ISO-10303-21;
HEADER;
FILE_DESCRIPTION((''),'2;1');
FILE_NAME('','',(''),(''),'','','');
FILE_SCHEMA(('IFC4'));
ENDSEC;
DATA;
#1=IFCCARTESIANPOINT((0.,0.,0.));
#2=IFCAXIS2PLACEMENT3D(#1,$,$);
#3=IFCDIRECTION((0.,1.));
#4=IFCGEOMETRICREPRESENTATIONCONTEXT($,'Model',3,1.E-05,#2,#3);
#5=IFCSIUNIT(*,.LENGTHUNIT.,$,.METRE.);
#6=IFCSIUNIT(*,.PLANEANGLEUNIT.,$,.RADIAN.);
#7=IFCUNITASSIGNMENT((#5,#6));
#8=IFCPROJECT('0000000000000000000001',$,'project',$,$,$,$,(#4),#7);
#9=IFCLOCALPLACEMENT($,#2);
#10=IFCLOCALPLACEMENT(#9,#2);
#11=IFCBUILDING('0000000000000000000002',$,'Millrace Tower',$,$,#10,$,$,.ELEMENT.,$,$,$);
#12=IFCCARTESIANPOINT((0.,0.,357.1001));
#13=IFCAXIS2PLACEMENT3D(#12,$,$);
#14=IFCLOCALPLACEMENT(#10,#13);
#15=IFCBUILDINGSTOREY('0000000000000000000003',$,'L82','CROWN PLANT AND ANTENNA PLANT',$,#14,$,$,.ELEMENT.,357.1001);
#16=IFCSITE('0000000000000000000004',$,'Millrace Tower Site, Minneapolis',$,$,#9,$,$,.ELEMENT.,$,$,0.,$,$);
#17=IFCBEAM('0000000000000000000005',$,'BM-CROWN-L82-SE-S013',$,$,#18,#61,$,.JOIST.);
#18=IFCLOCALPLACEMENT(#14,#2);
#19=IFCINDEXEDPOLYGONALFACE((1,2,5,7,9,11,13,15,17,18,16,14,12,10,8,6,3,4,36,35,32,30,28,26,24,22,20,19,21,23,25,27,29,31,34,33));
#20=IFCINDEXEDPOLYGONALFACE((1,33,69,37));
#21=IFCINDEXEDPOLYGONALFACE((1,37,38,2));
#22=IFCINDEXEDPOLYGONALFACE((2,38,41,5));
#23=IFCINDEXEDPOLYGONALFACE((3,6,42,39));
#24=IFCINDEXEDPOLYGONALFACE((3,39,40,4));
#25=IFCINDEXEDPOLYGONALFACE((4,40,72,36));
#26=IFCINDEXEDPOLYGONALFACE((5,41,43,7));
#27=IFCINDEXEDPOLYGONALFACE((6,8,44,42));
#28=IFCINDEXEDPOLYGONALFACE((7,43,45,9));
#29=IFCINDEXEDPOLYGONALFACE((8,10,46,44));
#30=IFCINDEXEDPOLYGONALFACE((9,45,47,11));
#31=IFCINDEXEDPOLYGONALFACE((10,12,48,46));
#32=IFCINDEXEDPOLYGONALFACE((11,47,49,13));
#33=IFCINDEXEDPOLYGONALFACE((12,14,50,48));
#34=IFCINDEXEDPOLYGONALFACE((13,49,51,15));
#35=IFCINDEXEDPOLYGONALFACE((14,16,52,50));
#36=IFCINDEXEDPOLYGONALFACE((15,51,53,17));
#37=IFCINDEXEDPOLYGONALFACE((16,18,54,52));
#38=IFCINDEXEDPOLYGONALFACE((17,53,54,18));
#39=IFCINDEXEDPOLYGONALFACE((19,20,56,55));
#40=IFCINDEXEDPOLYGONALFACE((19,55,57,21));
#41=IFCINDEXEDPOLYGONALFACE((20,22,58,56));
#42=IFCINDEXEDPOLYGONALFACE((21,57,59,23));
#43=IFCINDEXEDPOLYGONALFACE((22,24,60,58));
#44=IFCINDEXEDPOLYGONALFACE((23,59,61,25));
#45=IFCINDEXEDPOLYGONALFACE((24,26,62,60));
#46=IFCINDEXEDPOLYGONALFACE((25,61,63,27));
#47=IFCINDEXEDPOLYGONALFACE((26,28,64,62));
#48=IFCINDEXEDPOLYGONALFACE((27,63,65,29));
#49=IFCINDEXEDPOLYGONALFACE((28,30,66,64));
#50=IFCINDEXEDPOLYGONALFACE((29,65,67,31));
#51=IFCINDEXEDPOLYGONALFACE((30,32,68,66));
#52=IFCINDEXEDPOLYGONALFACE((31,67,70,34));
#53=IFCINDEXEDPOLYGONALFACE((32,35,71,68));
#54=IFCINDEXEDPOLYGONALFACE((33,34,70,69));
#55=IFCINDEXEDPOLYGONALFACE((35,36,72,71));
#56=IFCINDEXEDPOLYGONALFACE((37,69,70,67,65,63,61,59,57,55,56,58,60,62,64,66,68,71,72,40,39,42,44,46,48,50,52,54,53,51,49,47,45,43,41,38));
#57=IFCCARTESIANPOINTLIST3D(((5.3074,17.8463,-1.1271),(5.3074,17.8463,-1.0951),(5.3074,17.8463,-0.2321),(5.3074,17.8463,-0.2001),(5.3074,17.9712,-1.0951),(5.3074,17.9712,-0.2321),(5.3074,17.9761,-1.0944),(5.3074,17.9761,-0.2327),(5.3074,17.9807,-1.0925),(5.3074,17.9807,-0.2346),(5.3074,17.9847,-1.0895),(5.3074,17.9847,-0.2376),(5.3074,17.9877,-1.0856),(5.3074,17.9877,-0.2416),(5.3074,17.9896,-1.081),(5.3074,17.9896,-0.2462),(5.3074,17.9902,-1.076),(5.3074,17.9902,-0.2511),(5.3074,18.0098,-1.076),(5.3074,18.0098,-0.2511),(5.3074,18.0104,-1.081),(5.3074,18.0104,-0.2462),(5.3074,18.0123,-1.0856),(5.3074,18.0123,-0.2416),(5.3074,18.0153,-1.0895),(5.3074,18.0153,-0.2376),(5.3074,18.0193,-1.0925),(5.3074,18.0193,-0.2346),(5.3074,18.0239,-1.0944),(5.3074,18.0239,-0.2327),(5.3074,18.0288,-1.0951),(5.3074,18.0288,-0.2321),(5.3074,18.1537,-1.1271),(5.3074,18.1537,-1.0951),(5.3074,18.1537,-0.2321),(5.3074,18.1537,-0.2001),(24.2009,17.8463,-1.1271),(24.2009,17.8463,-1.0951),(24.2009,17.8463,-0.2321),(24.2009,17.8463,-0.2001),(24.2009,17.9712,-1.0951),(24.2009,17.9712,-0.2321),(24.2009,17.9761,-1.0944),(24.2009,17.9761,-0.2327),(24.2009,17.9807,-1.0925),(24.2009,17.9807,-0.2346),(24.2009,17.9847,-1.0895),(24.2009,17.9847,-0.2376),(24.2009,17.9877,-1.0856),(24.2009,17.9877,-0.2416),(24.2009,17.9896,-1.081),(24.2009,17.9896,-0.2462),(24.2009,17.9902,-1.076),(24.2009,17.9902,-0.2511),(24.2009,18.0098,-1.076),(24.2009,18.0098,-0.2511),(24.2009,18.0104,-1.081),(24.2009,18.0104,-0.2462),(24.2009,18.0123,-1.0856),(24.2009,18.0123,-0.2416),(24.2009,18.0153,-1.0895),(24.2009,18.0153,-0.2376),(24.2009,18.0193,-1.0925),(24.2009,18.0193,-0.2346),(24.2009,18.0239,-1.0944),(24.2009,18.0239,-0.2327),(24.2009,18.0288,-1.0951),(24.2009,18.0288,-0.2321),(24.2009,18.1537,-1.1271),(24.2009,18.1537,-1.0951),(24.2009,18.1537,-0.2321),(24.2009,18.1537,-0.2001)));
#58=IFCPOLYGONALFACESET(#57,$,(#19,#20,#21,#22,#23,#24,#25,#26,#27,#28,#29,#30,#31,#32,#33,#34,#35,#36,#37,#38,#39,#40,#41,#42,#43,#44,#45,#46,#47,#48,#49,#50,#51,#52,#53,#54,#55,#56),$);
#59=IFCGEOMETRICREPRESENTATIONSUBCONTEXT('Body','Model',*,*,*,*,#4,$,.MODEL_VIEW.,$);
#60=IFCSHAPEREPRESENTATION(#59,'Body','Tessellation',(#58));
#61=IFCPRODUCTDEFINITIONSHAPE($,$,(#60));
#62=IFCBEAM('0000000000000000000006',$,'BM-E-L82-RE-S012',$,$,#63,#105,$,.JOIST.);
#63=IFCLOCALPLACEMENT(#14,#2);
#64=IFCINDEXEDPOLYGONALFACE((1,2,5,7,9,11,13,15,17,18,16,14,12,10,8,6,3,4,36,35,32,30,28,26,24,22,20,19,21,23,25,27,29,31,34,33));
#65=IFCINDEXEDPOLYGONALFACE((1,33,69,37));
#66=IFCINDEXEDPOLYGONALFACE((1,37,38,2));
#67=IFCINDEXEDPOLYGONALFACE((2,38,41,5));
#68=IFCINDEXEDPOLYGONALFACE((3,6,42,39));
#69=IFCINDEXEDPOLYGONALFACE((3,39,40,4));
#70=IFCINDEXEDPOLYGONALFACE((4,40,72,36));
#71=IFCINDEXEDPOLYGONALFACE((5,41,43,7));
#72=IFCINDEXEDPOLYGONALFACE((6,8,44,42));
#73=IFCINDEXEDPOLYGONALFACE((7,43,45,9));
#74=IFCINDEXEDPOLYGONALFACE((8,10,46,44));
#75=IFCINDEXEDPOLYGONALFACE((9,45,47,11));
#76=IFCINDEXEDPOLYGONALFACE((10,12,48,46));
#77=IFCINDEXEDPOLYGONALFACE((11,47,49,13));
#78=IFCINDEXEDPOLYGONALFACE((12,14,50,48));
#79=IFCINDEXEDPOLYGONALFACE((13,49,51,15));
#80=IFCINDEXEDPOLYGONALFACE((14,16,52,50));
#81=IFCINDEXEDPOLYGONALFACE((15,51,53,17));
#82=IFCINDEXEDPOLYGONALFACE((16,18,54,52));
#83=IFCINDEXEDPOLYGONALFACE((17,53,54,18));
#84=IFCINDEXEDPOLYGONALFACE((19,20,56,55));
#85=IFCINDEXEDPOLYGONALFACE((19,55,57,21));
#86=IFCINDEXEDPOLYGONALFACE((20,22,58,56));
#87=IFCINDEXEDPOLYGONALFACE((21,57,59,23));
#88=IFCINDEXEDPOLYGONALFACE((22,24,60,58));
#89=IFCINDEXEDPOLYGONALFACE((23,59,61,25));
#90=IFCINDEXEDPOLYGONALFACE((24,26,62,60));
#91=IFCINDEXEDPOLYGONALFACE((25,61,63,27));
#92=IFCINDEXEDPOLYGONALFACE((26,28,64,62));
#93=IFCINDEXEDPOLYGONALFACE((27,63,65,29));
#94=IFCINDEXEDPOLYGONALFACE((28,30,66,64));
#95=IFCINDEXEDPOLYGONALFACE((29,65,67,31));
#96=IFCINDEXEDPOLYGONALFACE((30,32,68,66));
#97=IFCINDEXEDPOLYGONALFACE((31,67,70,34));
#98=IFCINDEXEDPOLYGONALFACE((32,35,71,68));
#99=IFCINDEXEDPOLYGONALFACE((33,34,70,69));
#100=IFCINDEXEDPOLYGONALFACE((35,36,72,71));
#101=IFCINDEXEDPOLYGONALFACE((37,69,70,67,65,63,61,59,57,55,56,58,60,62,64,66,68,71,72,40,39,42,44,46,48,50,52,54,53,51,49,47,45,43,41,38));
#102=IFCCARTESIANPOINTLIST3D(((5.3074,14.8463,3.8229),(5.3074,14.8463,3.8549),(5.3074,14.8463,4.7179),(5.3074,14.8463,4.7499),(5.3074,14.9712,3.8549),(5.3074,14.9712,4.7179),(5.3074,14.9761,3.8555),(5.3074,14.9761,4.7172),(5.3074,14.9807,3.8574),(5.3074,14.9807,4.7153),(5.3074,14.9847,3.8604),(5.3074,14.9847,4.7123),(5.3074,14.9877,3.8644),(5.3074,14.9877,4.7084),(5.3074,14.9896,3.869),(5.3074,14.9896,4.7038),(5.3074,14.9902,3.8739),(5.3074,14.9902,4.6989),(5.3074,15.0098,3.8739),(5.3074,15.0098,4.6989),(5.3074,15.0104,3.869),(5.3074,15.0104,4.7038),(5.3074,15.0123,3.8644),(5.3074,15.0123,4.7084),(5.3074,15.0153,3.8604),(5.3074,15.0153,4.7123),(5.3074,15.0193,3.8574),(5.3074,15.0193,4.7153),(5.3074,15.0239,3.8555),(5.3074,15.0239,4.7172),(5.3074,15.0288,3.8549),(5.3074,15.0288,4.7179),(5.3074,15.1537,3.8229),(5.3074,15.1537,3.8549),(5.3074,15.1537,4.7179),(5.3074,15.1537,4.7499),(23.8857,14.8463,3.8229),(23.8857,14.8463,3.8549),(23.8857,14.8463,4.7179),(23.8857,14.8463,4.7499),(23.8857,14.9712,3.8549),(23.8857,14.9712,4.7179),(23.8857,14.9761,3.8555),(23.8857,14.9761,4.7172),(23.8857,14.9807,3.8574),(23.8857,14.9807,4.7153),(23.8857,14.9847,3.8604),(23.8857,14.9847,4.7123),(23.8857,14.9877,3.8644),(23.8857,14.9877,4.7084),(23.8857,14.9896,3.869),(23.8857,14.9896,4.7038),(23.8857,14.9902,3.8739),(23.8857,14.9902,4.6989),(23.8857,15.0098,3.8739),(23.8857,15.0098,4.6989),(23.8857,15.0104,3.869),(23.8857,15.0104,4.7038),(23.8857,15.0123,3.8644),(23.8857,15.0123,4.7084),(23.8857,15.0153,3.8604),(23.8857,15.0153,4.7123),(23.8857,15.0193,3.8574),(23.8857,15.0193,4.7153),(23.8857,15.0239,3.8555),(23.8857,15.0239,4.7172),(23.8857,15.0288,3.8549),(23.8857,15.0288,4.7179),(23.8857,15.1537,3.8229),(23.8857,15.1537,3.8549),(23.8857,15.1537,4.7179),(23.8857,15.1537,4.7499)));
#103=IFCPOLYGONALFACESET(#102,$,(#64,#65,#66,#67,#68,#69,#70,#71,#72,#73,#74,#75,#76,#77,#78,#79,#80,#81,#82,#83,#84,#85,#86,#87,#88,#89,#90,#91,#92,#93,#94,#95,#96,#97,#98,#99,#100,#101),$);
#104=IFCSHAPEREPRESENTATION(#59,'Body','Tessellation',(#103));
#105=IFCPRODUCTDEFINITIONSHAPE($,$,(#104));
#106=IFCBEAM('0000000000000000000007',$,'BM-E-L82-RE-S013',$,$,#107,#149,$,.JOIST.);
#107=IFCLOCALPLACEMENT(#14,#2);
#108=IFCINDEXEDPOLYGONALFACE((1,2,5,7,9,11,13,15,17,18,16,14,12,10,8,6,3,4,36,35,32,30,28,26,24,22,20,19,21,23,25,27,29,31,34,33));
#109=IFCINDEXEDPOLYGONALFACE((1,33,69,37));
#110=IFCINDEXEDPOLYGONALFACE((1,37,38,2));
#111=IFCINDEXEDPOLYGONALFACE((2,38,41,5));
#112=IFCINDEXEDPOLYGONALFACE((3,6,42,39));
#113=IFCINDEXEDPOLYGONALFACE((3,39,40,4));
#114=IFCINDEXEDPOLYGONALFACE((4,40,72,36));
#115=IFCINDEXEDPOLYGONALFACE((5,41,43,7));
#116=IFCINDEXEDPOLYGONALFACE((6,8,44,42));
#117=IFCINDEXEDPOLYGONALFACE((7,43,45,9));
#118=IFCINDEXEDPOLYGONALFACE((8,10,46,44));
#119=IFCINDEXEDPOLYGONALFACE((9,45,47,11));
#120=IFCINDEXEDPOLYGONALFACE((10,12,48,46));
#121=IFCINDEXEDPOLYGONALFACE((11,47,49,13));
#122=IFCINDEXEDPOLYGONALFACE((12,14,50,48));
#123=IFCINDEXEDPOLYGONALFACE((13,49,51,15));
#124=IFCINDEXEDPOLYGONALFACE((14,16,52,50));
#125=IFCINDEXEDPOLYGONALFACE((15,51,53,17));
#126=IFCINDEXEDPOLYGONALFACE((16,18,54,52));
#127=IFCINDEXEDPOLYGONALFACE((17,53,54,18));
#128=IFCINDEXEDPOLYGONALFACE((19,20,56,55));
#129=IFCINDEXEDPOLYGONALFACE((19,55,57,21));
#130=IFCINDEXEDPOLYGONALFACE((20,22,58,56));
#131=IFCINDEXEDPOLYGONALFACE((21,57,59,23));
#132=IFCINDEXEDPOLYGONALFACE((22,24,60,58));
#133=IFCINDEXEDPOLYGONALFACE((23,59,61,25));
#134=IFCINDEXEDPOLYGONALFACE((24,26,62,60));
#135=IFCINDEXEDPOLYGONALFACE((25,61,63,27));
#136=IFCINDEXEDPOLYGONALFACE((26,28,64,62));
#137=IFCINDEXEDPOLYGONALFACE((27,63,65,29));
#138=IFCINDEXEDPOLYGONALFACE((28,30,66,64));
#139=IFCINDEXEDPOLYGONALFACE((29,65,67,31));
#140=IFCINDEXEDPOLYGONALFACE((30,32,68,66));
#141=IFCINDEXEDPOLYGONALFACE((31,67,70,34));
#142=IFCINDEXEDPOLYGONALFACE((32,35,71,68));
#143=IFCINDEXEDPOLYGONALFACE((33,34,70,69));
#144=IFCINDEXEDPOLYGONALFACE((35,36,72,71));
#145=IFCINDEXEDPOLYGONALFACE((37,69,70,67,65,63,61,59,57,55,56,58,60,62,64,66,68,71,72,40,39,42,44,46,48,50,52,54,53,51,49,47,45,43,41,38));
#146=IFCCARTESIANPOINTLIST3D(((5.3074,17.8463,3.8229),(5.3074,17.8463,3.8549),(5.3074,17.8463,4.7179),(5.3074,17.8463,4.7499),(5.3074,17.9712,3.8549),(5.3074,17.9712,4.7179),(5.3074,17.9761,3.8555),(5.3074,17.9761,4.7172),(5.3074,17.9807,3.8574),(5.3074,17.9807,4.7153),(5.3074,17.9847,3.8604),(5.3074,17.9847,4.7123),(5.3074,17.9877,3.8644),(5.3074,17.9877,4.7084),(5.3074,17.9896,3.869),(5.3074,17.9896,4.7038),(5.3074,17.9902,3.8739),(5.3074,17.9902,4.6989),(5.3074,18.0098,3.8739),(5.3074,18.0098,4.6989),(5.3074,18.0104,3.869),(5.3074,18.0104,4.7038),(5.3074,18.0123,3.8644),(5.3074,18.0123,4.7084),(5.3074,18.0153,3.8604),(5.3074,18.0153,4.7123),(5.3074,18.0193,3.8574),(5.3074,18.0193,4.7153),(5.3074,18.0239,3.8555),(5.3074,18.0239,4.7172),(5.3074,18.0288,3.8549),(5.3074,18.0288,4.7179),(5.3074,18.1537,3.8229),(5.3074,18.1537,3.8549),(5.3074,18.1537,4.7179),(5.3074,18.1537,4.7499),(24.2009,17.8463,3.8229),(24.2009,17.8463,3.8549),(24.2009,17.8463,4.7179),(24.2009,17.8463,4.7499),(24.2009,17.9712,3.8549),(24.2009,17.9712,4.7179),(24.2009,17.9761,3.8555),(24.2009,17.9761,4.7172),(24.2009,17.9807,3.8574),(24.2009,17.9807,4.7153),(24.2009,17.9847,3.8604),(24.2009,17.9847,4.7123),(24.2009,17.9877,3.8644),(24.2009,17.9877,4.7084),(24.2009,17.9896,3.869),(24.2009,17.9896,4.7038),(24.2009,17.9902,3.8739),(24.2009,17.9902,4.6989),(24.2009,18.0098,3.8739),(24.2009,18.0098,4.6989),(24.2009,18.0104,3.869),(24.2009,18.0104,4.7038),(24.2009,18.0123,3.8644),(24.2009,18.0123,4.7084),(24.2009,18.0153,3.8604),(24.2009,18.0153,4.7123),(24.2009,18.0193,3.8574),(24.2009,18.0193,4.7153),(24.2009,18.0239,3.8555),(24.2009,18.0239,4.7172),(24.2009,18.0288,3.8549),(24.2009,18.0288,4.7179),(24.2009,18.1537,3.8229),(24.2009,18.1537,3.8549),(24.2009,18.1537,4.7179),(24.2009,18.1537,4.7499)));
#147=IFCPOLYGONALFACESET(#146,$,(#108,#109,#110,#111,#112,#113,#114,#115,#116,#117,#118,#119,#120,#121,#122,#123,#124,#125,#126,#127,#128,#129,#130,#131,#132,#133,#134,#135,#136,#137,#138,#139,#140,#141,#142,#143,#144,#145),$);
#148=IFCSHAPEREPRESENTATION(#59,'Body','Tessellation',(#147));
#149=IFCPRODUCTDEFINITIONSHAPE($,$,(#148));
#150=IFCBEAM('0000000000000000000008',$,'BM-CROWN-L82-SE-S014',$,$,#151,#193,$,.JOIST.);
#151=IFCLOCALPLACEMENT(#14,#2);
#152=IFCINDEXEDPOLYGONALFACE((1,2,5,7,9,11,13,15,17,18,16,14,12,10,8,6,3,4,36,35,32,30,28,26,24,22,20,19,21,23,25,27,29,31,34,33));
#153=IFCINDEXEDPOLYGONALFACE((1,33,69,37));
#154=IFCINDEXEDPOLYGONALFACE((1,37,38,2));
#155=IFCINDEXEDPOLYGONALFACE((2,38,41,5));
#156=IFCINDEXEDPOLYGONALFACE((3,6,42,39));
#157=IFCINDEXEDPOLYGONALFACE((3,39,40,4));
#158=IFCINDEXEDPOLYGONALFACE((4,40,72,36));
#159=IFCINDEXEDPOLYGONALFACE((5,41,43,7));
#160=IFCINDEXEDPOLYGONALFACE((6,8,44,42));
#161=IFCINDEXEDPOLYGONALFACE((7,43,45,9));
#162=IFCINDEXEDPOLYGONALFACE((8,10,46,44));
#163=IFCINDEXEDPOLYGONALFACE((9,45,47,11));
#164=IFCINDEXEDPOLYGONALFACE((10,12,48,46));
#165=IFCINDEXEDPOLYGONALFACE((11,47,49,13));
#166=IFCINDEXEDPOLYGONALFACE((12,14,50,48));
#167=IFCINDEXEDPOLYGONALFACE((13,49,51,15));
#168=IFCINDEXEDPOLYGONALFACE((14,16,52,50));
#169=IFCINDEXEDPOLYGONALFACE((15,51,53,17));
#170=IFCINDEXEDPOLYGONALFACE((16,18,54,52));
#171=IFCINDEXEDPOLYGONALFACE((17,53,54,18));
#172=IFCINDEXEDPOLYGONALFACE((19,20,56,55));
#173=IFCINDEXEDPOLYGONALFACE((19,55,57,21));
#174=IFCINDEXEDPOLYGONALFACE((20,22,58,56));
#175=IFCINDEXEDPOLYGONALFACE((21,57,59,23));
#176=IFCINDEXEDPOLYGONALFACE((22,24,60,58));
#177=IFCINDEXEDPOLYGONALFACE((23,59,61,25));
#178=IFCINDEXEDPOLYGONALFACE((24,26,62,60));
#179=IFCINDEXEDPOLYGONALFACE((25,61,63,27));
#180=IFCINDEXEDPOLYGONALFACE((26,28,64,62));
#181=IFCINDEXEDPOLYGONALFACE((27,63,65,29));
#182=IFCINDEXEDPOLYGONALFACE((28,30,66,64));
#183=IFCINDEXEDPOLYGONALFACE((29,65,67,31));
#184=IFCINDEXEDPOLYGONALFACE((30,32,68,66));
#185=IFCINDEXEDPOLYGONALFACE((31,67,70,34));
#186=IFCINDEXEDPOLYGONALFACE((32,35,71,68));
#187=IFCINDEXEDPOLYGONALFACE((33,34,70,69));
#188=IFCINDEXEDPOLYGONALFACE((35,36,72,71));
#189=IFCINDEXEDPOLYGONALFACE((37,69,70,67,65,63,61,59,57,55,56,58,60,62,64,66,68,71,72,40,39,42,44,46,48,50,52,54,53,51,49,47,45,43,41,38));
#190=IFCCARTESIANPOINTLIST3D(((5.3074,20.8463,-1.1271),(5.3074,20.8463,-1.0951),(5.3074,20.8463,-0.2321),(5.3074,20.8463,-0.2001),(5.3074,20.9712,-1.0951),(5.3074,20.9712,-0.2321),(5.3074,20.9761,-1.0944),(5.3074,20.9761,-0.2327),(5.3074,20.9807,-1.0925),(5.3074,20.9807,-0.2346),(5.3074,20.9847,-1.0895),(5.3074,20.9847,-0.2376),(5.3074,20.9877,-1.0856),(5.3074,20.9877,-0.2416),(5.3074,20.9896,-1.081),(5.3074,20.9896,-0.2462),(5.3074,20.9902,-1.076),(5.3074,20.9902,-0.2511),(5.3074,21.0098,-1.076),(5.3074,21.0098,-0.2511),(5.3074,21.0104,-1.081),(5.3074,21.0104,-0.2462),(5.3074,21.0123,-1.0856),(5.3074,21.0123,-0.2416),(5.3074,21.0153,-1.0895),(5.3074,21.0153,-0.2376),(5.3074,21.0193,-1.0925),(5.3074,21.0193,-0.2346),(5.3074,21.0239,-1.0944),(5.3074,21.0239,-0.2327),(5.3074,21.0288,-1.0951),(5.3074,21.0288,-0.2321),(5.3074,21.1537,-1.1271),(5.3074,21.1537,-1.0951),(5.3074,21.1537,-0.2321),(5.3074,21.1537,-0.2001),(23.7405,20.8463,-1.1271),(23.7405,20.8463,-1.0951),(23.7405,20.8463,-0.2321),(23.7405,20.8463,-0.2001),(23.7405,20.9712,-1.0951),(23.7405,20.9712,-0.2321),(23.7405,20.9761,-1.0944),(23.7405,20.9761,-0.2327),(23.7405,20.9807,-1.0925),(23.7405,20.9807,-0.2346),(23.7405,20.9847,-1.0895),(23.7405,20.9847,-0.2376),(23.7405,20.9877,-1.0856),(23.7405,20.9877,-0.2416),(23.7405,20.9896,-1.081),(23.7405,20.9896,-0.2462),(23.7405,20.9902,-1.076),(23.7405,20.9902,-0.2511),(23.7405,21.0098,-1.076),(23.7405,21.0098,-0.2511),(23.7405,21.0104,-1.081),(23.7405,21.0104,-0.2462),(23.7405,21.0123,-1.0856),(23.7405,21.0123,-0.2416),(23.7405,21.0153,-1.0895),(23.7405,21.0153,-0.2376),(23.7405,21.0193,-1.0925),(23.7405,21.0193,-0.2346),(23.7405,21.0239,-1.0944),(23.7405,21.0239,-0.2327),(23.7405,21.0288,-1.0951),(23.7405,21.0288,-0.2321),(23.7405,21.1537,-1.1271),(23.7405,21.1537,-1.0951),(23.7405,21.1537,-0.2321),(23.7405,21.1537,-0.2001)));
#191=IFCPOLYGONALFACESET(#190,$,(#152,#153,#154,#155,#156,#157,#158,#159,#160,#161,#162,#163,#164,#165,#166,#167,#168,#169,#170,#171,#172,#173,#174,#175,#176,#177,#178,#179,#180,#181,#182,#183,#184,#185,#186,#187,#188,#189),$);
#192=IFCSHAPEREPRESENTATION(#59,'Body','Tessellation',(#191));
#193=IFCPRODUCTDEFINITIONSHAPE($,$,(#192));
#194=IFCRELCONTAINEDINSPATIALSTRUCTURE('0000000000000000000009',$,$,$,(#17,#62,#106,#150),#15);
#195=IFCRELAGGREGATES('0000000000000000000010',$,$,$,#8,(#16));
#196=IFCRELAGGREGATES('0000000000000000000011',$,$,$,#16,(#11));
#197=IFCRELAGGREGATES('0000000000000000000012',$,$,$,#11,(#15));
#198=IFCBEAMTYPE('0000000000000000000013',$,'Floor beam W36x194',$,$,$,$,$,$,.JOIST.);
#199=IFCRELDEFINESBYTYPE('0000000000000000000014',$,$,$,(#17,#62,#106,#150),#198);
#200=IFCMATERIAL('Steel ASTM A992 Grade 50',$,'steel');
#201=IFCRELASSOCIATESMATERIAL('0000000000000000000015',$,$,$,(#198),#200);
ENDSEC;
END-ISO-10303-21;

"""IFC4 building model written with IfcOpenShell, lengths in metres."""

from ifc_helpers import new_model, si_unit, direction, frame, origin, origin_2d, place, context, subcontext, project, spatial, i_section, extrude, material, material_profile, profile_set, type_object, element, save


model = new_model("IFC4")

# Units and contexts
model_context = context("Model", 3, precision=1e-05, world=origin(), true_north=direction((0.0, 1.0)))
body_context = subcontext(model_context, "Body", "Model", "MODEL_VIEW")
ifc_project = project(units=[si_unit("LENGTHUNIT", "METRE"), si_unit("PLANEANGLEUNIT", "RADIAN")], contexts=[model_context])

# Site, building, storey
site_placement = place(None, origin())
site = spatial("IfcSite", under=ifc_project, at=site_placement, Name="Millrace Tower Site, Minneapolis", CompositionType="ELEMENT", RefElevation=0.0)
building_placement = place(site_placement, origin())
building = spatial("IfcBuilding", under=site, at=building_placement, Name="Millrace Tower", CompositionType="ELEMENT")
storey_placement = place(building_placement, frame((0.0, 0.0, 357.1001)))
storey = spatial("IfcBuildingStorey", under=building, at=storey_placement, Name="L82", Description="CROWN PLANT AND ANTENNA PLANT", CompositionType="ELEMENT", Elevation=357.1001)

# Beams
ifc_material_1 = material(Name="Steel ASTM A992 Grade 50", Category="steel")
ifc_material_profile_1 = material_profile(ifc_material_1, i_section(OverallWidth=0.3074, OverallDepth=0.927, WebThickness=0.0195, FlangeThickness=0.032, FilletRadius=0.019, at=origin_2d()))
ifc_profile_set_1 = profile_set([ifc_material_profile_1], Name="Steel ASTM A992 Grade 50")
beam_type_1 = type_object("IfcBeamType", Name="Floor beam W36x194", PredefinedType="JOIST", material=ifc_profile_set_1)
beam_1_placement = place(storey_placement, frame((5.3074, 18.0, -0.6636), z_axis=(1.0, 0.0, 0.0), x_axis=(0.0, 1.0, 0.0)))
element("IfcBeam", 1, at=beam_1_placement, inside=storey, type_object=beam_type_1, Name="BM-CROWN-L82-SE-S013", PredefinedType="JOIST", context=body_context, shape_type="SweptSolid", body=[
    extrude(i_section(OverallWidth=0.3074, OverallDepth=0.927, WebThickness=0.0195, FlangeThickness=0.032, FilletRadius=0.019, at=origin_2d()), origin(), (0.0, 0.0, 1.0), 18.8936),
])
beam_2_placement = place(storey_placement, frame((5.3074, 15.0, 4.2864), z_axis=(1.0, 0.0, 0.0), x_axis=(0.0, 1.0, 0.0)))
element("IfcBeam", 2, at=beam_2_placement, inside=storey, type_object=beam_type_1, Name="BM-E-L82-RE-S012", PredefinedType="JOIST", context=body_context, shape_type="SweptSolid", body=[
    extrude(i_section(OverallWidth=0.3074, OverallDepth=0.927, WebThickness=0.0195, FlangeThickness=0.032, FilletRadius=0.019, at=origin_2d()), origin(), (0.0, 0.0, 1.0), 18.5784),
])
beam_3_placement = place(storey_placement, frame((5.3074, 18.0, 4.2864), z_axis=(1.0, 0.0, 0.0), x_axis=(0.0, 1.0, 0.0)))
element("IfcBeam", 3, at=beam_3_placement, inside=storey, type_object=beam_type_1, Name="BM-E-L82-RE-S013", PredefinedType="JOIST", context=body_context, shape_type="SweptSolid", body=[
    extrude(i_section(OverallWidth=0.3074, OverallDepth=0.927, WebThickness=0.0195, FlangeThickness=0.032, FilletRadius=0.019, at=origin_2d()), origin(), (0.0, 0.0, 1.0), 18.8936),
])
for number, where, z_axis, x_axis, name in (
    (4, (5.3074, 21.0, -0.6636), (1.0, 0.0, 0.0), (0.0, 1.0, 0.0), "BM-CROWN-L82-SE-S014"),
):
    element("IfcBeam", number, at=place(storey_placement, frame(where, z_axis=z_axis, x_axis=x_axis)), inside=storey, type_object=beam_type_1, Name=name, PredefinedType="JOIST", context=body_context, shape_type="SweptSolid", body=[
        extrude(i_section(OverallWidth=0.3074, OverallDepth=0.927, WebThickness=0.0195, FlangeThickness=0.032, FilletRadius=0.019, at=origin_2d()), origin(), (0.0, 0.0, 1.0), 18.4331),
    ])

save(model, "model.ifc")
